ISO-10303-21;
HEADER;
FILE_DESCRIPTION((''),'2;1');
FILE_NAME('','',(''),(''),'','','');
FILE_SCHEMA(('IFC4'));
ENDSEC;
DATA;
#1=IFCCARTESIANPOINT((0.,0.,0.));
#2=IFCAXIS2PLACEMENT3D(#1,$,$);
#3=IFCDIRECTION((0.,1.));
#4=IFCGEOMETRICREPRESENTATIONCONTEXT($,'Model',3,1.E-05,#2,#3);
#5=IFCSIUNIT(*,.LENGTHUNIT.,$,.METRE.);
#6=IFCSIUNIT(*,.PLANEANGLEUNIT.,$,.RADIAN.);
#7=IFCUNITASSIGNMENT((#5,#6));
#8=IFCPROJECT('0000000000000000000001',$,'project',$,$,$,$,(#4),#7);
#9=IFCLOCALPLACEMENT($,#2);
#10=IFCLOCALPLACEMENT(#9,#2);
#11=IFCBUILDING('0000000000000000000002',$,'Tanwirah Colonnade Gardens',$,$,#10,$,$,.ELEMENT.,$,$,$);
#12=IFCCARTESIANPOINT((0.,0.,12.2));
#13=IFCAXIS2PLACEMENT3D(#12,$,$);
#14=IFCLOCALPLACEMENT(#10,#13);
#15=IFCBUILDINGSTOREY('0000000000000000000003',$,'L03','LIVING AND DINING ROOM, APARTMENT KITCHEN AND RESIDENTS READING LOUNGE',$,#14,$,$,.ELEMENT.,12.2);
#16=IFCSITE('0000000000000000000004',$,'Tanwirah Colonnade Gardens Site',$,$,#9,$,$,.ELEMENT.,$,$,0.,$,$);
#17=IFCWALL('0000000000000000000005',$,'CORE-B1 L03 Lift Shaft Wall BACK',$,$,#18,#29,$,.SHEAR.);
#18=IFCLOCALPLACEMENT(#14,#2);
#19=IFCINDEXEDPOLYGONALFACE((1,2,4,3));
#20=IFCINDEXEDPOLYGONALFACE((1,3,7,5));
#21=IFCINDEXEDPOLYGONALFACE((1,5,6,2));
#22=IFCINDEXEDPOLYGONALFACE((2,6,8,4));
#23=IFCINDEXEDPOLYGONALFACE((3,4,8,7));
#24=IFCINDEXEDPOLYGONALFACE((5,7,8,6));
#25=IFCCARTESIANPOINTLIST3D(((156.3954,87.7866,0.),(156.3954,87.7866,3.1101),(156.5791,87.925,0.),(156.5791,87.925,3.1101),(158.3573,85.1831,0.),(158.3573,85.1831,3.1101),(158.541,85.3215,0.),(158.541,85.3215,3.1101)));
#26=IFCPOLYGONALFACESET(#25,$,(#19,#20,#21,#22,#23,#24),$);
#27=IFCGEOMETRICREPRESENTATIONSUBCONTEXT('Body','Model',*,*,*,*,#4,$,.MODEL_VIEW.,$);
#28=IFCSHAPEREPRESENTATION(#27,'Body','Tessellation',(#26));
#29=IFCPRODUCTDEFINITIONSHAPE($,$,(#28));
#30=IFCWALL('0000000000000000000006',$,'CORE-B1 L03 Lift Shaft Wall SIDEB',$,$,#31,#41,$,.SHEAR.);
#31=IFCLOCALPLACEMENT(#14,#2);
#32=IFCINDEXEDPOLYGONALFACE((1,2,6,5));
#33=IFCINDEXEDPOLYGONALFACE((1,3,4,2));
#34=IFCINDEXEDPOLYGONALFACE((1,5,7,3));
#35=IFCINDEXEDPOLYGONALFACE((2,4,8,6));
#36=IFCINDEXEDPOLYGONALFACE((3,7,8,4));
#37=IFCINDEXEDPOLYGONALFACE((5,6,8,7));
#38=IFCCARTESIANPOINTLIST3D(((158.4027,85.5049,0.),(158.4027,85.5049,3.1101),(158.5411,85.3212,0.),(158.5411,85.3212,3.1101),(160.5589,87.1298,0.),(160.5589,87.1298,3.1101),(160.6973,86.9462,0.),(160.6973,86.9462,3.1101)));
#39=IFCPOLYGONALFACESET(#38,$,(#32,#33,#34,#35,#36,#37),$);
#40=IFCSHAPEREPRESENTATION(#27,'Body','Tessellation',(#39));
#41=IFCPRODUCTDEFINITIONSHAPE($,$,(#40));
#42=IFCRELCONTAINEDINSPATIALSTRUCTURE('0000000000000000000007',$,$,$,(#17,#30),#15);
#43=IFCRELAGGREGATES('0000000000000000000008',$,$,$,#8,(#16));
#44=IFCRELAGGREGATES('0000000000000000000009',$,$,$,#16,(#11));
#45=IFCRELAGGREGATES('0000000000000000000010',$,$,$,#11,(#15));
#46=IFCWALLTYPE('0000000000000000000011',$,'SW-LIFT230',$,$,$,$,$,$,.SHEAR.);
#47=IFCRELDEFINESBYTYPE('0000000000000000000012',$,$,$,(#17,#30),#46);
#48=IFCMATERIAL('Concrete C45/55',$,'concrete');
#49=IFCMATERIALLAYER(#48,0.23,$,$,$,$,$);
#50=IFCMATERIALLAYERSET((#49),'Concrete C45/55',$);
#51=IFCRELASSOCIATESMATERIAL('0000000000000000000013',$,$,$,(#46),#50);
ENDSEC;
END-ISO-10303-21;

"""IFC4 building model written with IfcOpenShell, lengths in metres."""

from ifc_helpers import new_model, si_unit, direction, frame, frame_2d, origin, place, context, subcontext, project, spatial, rectangle, extrude, material, layer, layer_set, type_object, element, save


model = new_model("IFC4")

# Units and contexts
model_context = context("Model", 3, precision=1e-05, world=origin(), true_north=direction((0.0, 1.0)))
body_context = subcontext(model_context, "Body", "Model", "MODEL_VIEW")
ifc_project = project(units=[si_unit("LENGTHUNIT", "METRE"), si_unit("PLANEANGLEUNIT", "RADIAN")], contexts=[model_context])

# Site, building, storey
site_placement = place(None, origin())
site = spatial("IfcSite", under=ifc_project, at=site_placement, Name="Tanwirah Colonnade Gardens Site", CompositionType="ELEMENT", RefElevation=0.0)
building_placement = place(site_placement, origin())
building = spatial("IfcBuilding", under=site, at=building_placement, Name="Tanwirah Colonnade Gardens", CompositionType="ELEMENT")
storey_placement = place(building_placement, frame((0.0, 0.0, 12.2)))
storey = spatial("IfcBuildingStorey", under=building, at=storey_placement, Name="L03", Description="LIVING AND DINING ROOM, APARTMENT KITCHEN AND RESIDENTS READING LOUNGE", CompositionType="ELEMENT", Elevation=12.2)

# Walls
ifc_material_1 = material(Name="Concrete C45/55", Category="concrete")
ifc_layer_1 = layer(ifc_material_1, 0.23)
ifc_layer_set_1 = layer_set([ifc_layer_1], Name="Concrete C45/55")
wall_type_1 = type_object("IfcWallType", Name="SW-LIFT230", PredefinedType="SHEAR", material=ifc_layer_set_1)
wall_1_placement = place(storey_placement, frame((156.4873, 87.8557, 0.0), z_axis=(0.0, 0.0, 1.0), x_axis=(0.60182, -0.798632, 0.0)))
element("IfcWall", 1, at=wall_1_placement, inside=storey, type_object=wall_type_1, Name="CORE-B1 L03 Lift Shaft Wall BACK", PredefinedType="SHEAR", context=body_context, shape_type="SweptSolid", body=[
    extrude(rectangle(XDim=3.26, YDim=0.23, at=frame_2d((1.6299, 0.0))), origin(), (0.0, 0.0, 1.0), 3.1101),
])
wall_2_placement = place(storey_placement, frame((160.6282, 87.0381, 0.0), z_axis=(0.0, 0.0, 1.0), x_axis=(-0.798609, -0.60185, 0.0)))
element("IfcWall", 2, at=wall_2_placement, inside=storey, type_object=wall_type_1, Name="CORE-B1 L03 Lift Shaft Wall SIDEB", PredefinedType="SHEAR", context=body_context, shape_type="SweptSolid", body=[
    extrude(rectangle(XDim=2.7, YDim=0.23, at=frame_2d((1.3501, 0.0))), origin(), (0.0, 0.0, 1.0), 3.1101),
])

save(model, "model.ifc")
